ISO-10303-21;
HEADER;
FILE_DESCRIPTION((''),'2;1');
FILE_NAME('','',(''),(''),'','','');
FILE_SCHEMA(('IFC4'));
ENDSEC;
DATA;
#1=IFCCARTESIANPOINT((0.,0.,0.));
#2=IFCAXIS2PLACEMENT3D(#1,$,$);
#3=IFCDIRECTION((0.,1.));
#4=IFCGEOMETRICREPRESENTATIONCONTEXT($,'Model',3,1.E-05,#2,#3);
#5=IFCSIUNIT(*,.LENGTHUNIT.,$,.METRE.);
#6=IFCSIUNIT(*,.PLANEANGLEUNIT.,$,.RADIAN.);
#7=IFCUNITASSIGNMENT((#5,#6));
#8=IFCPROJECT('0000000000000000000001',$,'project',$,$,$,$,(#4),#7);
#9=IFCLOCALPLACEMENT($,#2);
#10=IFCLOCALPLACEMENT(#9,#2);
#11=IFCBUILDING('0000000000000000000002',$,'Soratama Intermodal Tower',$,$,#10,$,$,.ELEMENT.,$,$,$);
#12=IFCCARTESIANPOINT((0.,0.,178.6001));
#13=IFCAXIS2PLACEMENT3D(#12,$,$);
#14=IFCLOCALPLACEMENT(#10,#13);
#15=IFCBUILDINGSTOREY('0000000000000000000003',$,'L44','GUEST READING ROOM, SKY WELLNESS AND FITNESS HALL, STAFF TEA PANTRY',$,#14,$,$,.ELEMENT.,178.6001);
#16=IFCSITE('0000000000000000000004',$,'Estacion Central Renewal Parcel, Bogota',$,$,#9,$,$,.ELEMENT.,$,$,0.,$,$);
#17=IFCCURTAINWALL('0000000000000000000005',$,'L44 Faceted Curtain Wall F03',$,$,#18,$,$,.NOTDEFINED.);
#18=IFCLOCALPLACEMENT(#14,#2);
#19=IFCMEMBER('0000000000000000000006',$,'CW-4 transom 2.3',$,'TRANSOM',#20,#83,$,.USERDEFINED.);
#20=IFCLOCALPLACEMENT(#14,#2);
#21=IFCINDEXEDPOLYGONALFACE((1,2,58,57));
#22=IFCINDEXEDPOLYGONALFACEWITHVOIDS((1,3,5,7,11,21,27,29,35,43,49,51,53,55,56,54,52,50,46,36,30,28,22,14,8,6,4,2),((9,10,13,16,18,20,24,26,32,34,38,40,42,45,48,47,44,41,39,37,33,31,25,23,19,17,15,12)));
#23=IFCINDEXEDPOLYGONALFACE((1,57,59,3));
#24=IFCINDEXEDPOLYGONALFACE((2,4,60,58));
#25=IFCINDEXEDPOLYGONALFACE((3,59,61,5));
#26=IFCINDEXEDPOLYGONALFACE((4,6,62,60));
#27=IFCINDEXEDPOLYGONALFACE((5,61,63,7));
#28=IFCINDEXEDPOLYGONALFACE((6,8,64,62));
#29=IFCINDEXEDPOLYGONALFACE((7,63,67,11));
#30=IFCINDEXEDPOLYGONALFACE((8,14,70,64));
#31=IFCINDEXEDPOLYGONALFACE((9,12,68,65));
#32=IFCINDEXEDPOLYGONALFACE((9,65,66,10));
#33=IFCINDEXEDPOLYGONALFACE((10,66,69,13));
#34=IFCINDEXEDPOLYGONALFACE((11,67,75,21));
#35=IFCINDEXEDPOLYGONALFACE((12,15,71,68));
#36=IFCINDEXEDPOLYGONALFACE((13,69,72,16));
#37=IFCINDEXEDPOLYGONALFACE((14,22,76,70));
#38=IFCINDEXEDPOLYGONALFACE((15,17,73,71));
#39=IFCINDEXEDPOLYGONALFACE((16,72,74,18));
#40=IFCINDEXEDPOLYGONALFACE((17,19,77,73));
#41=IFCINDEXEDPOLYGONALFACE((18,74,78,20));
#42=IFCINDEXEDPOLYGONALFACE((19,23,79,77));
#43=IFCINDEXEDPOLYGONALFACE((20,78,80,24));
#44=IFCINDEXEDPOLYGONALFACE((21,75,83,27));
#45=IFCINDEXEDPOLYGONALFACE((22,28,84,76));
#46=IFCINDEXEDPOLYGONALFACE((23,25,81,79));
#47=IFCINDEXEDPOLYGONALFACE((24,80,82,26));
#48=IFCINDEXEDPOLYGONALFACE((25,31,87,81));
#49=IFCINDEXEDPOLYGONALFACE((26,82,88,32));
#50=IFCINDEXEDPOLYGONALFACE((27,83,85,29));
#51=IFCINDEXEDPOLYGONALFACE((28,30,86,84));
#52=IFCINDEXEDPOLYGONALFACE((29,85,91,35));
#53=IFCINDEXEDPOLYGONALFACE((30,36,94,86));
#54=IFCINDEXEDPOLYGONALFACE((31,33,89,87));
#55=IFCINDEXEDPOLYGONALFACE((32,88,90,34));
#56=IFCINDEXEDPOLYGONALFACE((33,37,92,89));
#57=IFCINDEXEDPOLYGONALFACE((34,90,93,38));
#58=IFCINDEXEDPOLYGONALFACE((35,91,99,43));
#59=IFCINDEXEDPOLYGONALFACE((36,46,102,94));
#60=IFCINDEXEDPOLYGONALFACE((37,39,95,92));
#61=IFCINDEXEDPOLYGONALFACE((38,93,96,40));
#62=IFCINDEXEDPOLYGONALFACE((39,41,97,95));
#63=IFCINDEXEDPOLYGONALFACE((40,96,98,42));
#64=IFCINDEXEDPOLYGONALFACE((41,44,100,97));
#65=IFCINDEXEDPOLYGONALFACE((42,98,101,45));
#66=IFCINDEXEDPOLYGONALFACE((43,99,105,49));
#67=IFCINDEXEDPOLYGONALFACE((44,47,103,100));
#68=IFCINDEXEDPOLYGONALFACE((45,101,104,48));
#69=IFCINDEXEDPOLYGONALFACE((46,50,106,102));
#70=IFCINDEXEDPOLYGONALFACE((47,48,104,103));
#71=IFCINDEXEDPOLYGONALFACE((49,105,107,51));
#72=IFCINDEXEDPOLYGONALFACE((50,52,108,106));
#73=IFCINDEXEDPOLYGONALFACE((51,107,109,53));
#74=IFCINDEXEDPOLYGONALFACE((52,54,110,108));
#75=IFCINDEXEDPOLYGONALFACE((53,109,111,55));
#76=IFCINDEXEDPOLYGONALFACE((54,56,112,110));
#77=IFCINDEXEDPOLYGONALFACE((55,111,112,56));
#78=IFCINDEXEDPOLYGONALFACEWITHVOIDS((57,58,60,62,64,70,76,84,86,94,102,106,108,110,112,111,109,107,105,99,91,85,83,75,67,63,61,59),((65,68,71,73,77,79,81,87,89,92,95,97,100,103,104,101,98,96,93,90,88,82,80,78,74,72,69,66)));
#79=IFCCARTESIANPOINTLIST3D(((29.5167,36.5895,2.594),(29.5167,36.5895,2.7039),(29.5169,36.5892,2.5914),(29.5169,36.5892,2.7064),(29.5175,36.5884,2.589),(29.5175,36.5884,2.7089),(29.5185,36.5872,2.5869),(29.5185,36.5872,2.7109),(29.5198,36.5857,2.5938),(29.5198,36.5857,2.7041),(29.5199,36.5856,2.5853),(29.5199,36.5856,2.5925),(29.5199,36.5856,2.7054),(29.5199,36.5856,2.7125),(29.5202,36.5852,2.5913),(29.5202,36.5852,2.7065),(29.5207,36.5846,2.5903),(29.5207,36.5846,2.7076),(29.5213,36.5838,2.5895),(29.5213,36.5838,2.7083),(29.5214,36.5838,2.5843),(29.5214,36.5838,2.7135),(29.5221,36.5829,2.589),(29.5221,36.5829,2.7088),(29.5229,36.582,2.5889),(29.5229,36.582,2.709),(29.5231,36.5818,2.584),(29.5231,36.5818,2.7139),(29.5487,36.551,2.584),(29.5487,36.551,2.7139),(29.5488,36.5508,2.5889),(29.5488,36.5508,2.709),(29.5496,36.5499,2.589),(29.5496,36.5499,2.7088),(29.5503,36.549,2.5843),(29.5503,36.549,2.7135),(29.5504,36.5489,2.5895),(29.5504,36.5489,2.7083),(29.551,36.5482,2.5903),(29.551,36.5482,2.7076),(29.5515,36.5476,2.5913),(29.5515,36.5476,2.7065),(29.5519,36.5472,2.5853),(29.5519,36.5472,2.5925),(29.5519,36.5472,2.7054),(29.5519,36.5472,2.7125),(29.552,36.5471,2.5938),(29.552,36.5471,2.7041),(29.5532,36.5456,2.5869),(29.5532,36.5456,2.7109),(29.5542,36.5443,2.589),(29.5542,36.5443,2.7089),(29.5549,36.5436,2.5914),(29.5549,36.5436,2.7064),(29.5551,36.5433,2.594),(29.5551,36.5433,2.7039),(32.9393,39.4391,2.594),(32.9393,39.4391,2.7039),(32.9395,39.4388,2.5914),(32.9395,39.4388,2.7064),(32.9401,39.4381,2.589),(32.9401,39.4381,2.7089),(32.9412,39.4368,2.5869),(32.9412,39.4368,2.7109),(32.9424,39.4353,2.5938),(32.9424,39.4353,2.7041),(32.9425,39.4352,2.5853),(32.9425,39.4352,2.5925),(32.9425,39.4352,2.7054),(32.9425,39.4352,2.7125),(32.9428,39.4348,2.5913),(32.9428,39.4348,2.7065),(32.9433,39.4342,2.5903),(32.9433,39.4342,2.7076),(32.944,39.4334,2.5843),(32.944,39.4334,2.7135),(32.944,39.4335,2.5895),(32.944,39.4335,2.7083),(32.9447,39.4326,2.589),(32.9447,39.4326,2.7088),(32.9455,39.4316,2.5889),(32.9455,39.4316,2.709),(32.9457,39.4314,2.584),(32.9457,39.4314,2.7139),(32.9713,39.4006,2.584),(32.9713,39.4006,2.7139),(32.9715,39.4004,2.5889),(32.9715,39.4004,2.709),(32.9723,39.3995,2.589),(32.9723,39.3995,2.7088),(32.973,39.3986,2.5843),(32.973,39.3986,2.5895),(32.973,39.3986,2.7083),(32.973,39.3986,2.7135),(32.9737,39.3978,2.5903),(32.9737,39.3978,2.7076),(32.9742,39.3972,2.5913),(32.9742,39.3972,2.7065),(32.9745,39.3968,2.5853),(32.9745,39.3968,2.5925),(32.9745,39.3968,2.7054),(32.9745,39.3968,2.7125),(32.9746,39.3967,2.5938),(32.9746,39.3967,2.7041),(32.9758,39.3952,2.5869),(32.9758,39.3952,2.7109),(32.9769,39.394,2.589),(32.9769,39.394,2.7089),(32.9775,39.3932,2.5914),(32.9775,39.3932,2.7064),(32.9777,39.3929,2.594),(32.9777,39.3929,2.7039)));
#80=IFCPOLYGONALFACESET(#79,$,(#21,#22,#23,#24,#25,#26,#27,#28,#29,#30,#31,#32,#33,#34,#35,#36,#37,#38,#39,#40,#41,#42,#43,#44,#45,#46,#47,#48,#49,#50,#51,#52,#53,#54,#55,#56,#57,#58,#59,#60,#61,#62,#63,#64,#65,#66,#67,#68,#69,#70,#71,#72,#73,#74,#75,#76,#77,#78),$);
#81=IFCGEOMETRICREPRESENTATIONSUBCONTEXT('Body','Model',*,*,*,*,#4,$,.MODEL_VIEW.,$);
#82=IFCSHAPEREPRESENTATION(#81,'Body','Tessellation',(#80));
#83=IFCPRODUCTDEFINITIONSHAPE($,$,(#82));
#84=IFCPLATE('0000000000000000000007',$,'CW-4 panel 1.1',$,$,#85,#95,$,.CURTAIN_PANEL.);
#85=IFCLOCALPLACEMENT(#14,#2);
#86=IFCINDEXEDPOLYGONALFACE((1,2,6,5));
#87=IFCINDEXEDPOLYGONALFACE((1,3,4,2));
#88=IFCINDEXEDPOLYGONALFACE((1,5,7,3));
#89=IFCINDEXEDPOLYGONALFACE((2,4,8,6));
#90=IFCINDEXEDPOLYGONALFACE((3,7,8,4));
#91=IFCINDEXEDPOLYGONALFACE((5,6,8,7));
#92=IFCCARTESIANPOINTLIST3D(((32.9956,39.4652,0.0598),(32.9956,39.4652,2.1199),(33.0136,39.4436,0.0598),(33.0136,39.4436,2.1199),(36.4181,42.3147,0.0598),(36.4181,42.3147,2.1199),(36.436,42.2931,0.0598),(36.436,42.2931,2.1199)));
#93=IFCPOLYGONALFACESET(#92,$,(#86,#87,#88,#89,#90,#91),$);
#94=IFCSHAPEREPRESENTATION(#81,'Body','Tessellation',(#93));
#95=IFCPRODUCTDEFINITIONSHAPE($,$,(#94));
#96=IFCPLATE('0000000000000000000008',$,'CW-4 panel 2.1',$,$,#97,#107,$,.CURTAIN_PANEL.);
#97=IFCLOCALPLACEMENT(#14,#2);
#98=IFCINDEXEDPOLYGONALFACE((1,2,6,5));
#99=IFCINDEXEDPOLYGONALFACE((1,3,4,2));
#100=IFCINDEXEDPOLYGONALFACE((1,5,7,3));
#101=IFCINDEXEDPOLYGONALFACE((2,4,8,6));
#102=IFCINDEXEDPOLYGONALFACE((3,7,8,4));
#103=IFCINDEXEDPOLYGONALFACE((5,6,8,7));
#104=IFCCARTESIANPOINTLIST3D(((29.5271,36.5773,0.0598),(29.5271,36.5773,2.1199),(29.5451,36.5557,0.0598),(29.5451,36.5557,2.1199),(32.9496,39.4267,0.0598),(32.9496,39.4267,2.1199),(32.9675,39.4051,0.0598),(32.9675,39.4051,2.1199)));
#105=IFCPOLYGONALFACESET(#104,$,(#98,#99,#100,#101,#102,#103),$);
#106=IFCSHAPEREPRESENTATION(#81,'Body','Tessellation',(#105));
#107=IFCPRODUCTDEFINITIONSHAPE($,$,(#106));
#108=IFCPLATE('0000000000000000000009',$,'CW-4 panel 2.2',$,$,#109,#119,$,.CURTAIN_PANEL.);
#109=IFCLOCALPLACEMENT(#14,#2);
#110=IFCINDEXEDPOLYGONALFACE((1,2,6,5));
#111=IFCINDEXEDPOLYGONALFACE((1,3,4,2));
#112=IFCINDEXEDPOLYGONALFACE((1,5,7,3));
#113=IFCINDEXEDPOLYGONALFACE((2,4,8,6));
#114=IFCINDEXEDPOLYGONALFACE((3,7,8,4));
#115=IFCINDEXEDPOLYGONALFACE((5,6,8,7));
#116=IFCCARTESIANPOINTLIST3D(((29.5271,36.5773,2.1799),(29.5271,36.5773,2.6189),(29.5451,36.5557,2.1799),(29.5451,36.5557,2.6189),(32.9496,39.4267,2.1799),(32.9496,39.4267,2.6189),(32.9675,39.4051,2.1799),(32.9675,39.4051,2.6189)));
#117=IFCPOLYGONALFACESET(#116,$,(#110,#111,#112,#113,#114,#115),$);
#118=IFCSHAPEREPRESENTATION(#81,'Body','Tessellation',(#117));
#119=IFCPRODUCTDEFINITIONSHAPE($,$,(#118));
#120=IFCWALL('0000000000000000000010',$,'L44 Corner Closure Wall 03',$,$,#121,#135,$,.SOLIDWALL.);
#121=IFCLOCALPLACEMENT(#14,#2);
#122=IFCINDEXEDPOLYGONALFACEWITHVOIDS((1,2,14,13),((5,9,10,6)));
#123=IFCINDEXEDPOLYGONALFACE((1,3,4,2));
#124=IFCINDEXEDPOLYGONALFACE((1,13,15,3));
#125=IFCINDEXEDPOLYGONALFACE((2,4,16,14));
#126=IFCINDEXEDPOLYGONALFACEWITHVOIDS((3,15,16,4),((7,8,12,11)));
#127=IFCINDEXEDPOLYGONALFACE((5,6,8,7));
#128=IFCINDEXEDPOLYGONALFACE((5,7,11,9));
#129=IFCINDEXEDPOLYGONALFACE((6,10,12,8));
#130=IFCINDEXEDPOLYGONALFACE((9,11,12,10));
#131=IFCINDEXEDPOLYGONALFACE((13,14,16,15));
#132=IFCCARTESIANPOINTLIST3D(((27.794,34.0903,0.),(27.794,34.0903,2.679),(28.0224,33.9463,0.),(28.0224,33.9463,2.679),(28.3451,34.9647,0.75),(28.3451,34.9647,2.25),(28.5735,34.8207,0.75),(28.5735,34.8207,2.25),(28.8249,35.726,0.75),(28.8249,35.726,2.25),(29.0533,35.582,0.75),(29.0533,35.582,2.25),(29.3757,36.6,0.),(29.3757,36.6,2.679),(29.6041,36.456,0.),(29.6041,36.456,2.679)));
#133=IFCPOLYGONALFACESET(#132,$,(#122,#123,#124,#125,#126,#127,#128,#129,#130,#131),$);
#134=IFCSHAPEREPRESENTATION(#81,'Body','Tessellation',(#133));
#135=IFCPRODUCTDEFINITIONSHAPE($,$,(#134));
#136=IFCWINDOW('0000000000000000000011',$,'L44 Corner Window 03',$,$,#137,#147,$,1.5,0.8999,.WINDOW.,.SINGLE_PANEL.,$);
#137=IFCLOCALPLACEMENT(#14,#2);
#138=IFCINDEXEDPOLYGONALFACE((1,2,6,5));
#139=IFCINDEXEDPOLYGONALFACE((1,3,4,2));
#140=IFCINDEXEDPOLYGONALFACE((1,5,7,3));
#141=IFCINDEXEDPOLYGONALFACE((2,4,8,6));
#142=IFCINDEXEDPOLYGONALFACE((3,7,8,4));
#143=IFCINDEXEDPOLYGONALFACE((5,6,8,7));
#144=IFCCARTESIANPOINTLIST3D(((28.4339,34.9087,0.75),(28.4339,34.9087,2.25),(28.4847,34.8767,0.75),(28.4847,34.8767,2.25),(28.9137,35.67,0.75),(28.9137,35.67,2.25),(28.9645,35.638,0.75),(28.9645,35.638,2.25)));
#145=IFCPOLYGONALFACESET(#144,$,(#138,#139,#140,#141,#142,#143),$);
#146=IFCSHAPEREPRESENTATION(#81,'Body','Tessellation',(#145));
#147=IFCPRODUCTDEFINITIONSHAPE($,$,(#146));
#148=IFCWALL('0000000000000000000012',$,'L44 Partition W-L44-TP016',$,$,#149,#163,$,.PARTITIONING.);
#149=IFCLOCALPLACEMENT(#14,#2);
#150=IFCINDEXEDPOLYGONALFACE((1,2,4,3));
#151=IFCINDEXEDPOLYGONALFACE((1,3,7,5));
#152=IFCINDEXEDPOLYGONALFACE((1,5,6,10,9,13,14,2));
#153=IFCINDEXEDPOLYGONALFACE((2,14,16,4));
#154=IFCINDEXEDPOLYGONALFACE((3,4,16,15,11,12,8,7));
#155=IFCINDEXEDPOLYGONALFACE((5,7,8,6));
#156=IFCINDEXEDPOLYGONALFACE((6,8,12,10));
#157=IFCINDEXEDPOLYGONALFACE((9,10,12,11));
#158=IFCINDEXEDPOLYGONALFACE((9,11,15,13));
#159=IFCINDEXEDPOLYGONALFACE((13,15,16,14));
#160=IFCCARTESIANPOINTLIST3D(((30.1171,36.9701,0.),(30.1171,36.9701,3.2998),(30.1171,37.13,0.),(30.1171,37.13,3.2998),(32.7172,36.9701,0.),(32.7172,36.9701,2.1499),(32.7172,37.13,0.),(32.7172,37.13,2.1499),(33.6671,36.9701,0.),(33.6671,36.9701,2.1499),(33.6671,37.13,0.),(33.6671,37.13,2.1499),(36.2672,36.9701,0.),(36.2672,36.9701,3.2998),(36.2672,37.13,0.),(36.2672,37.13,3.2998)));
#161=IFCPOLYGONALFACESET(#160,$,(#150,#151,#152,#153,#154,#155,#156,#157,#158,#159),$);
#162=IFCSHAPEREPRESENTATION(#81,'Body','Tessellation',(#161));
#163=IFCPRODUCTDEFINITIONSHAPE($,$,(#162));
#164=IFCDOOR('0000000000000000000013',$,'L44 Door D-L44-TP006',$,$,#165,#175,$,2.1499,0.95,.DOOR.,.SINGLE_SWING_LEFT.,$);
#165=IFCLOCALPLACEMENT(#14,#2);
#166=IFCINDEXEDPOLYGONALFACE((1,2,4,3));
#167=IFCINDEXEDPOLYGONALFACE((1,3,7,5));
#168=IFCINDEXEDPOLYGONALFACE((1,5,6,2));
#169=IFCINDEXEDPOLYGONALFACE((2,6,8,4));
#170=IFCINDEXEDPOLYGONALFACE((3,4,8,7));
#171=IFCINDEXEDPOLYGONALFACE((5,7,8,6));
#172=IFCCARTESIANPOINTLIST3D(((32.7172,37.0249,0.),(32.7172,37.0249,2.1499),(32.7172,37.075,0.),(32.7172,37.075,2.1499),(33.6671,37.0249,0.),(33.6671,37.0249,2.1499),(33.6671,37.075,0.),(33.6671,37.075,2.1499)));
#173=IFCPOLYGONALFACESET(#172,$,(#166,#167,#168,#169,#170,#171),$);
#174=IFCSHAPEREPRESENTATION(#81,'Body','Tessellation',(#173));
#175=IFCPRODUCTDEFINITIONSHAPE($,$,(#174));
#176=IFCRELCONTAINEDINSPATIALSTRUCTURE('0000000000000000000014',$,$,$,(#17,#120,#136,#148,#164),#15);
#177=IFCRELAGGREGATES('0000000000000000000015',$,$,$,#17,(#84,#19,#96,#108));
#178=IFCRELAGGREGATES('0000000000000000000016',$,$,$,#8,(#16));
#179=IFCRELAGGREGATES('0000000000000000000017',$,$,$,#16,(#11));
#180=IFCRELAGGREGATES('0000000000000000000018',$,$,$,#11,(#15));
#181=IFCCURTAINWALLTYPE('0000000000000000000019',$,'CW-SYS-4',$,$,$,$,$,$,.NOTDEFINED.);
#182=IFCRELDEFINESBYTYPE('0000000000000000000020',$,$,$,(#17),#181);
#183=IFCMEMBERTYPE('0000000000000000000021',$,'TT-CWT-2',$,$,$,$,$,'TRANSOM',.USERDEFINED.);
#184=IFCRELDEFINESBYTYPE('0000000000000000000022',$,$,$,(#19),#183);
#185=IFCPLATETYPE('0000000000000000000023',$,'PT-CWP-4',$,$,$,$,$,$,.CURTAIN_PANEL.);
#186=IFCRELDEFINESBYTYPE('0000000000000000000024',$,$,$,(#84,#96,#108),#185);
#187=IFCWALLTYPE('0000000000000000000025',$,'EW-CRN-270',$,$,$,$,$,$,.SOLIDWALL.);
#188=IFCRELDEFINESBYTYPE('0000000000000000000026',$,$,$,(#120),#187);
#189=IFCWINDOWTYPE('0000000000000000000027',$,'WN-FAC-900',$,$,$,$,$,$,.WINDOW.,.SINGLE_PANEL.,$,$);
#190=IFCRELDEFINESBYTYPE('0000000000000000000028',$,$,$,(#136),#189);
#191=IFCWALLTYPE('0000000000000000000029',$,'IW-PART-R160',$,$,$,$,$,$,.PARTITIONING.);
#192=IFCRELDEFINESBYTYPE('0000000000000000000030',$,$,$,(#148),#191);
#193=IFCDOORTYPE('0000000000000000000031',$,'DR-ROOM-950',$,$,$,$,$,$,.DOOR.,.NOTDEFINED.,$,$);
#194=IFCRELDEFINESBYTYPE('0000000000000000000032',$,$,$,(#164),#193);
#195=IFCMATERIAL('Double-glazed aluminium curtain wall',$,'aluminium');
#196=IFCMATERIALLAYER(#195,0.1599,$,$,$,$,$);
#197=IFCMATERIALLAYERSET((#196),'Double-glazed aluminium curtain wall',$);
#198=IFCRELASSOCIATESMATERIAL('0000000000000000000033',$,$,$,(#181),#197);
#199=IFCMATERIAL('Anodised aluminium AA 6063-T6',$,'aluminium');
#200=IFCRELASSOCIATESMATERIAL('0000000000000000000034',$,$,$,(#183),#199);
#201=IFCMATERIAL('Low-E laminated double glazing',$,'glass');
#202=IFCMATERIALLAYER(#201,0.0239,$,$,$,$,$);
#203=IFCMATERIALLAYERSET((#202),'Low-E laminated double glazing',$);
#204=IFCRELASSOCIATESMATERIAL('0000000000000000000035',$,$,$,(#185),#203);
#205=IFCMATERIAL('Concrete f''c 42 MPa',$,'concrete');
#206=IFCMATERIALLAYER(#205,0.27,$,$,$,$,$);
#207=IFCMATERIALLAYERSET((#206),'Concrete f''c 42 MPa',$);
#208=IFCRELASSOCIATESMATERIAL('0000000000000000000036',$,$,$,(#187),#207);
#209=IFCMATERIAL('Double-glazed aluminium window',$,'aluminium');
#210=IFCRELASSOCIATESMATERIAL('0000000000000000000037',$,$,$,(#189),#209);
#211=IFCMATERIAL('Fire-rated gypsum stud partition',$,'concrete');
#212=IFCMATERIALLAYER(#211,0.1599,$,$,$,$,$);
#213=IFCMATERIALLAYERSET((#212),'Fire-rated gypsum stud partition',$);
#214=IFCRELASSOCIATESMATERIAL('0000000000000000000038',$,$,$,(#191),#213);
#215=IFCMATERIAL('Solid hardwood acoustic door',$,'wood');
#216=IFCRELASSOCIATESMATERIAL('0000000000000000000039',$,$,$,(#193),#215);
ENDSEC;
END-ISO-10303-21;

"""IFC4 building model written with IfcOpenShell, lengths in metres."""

from ifc_helpers import new_model, si_unit, direction, frame, frame_2d, origin, origin_2d, place, context, subcontext, project, spatial, rectangle, hollow_rectangle, extrude, material, layer, layer_set, material_profile, profile_set, type_object, element, fill, aggregate, save


model = new_model("IFC4")

# Units and contexts
model_context = context("Model", 3, precision=1e-05, world=origin(), true_north=direction((0.0, 1.0)))
body_context = subcontext(model_context, "Body", "Model", "MODEL_VIEW")
ifc_project = project(units=[si_unit("LENGTHUNIT", "METRE"), si_unit("PLANEANGLEUNIT", "RADIAN")], contexts=[model_context])

# Site, building, storey
site_placement = place(None, origin())
site = spatial("IfcSite", under=ifc_project, at=site_placement, Name="Estacion Central Renewal Parcel, Bogota", CompositionType="ELEMENT", RefElevation=0.0)
building_placement = place(site_placement, origin())
building = spatial("IfcBuilding", under=site, at=building_placement, Name="Soratama Intermodal Tower", CompositionType="ELEMENT")
storey_placement = place(building_placement, frame((0.0, 0.0, 178.6001)))
storey = spatial("IfcBuildingStorey", under=building, at=storey_placement, Name="L44", Description="GUEST READING ROOM, SKY WELLNESS AND FITNESS HALL, STAFF TEA PANTRY", CompositionType="ELEMENT", Elevation=178.6001)

# Curtain wall, member, plates
ifc_material_1 = material(Name="Double-glazed aluminium curtain wall", Category="aluminium")
ifc_layer_1 = layer(ifc_material_1, 0.1599)
ifc_layer_set_1 = layer_set([ifc_layer_1], Name="Double-glazed aluminium curtain wall")
curtain_wall_type = type_object("IfcCurtainWallType", Name="CW-SYS-4", PredefinedType="NOTDEFINED", material=ifc_layer_set_1)
curtain_wall_placement = place(storey_placement, origin())
curtain_wall = element("IfcCurtainWall", 1, at=curtain_wall_placement, inside=storey, type_object=curtain_wall_type, Name="L44 Faceted Curtain Wall F03", PredefinedType="NOTDEFINED")
ifc_material_2 = material(Name="Anodised aluminium AA 6063-T6", Category="aluminium")
ifc_material_profile_1 = material_profile(ifc_material_2, hollow_rectangle(XDim=0.0601, YDim=0.1299, WallThickness=0.0049, InnerFilletRadius=0.0049, OuterFilletRadius=0.01, at=origin_2d()), Name="CWT130X60X5")
ifc_profile_set_1 = profile_set([ifc_material_profile_1], Name="Anodised aluminium AA 6063-T6")
member_type_1 = type_object("IfcMemberType", Name="TT-CWT-2", ElementType="TRANSOM", PredefinedType="USERDEFINED", material=ifc_profile_set_1)
member_1_placement = place(storey_placement, frame((32.9585, 39.416, 2.6489), z_axis=(-0.768504, -0.639845, 0.0), x_axis=(0.639845, -0.768504, 0.0)))
member_1 = element("IfcMember", 2, at=member_1_placement, type_object=member_type_1, Name="CW-4 transom 2.3", ObjectType="TRANSOM", PredefinedType="USERDEFINED", context=body_context, shape_type="SweptSolid", body=[
    extrude(hollow_rectangle(XDim=0.0601, YDim=0.1299, WallThickness=0.0049, InnerFilletRadius=0.0049, OuterFilletRadius=0.01, at=origin_2d()), origin(), (0.0, 0.0, 1.0), 4.4536),
])
ifc_material_3 = material(Name="Low-E laminated double glazing", Category="glass")
ifc_layer_2 = layer(ifc_material_3, 0.0239)
ifc_layer_set_2 = layer_set([ifc_layer_2], Name="Low-E laminated double glazing")
plate_type = type_object("IfcPlateType", Name="PT-CWP-4", PredefinedType="CURTAIN_PANEL", material=ifc_layer_set_2)
plate_1_placement = place(storey_placement, frame((34.7158, 40.8792, 0.0598), z_axis=(0.0, 0.0, 1.0), x_axis=(-0.768508, -0.63984, 0.0)))
plate_1 = element("IfcPlate", 3, at=plate_1_placement, type_object=plate_type, Name="CW-4 panel 1.1", PredefinedType="CURTAIN_PANEL", context=body_context, shape_type="SweptSolid", body=[
    extrude(rectangle(XDim=4.4534, YDim=0.0281, at=origin_2d()), origin(), (0.0, 0.0, 1.0), 2.0601),
])
plate_2_placement = place(storey_placement, frame((31.2473, 37.9912, 0.0598), z_axis=(0.0, 0.0, 1.0), x_axis=(-0.768508, -0.63984, 0.0)))
plate_2 = element("IfcPlate", 4, at=plate_2_placement, type_object=plate_type, Name="CW-4 panel 2.1", PredefinedType="CURTAIN_PANEL", context=body_context, shape_type="SweptSolid", body=[
    extrude(rectangle(XDim=4.4534, YDim=0.0281, at=origin_2d()), origin(), (0.0, 0.0, 1.0), 2.0601),
])
plate_3_placement = place(storey_placement, frame((31.2473, 37.9912, 2.1799), z_axis=(0.0, 0.0, 1.0), x_axis=(-0.768508, -0.63984, 0.0)))
plate_3 = element("IfcPlate", 5, at=plate_3_placement, type_object=plate_type, Name="CW-4 panel 2.2", PredefinedType="CURTAIN_PANEL", context=body_context, shape_type="SweptSolid", body=[
    extrude(rectangle(XDim=4.4534, YDim=0.0281, at=origin_2d()), origin(), (0.0, 0.0, 1.0), 0.439),
])
aggregate(curtain_wall, [plate_1, member_1, plate_2, plate_3])

# Wall, opening, window
ifc_material_4 = material(Name="Concrete f'c 42 MPa", Category="concrete")
ifc_layer_3 = layer(ifc_material_4, 0.27)
ifc_layer_set_3 = layer_set([ifc_layer_3], Name="Concrete f'c 42 MPa")
wall_type_1 = type_object("IfcWallType", Name="EW-CRN-270", PredefinedType="SOLIDWALL", material=ifc_layer_set_3)
wall_1_placement = place(storey_placement, frame((29.49, 36.5281, 0.0), z_axis=(0.0, 0.0, 1.0), x_axis=(-0.533191, -0.845995, 0.0)))
wall_1 = element("IfcWall", 6, at=wall_1_placement, inside=storey, type_object=wall_type_1, Name="L44 Corner Closure Wall 03", PredefinedType="SOLIDWALL", context=body_context, shape_type="SweptSolid", body=[
    extrude(rectangle(XDim=2.9666, YDim=0.27, at=frame_2d((1.4834, 0.0))), origin(), (0.0, 0.0, 1.0), 2.679),
])
opening_1_placement = place(wall_1_placement, frame((1.0332, 0.0, 0.75)))
opening_1 = element("IfcOpeningElement", 7, at=opening_1_placement, cuts=wall_1, PredefinedType="OPENING", context=body_context, shape_type="SweptSolid", body=[
    extrude(rectangle(XDim=0.8999, YDim=1.5, at=frame_2d((0.45, 0.75))), frame((0.0, 0.145, 0.0), z_axis=(0.0, -1.0, 0.0), x_axis=(1.0, 0.0, 0.0)), (0.0, 0.0, 1.0), 0.29),
])
ifc_material_5 = material(Name="Double-glazed aluminium window", Category="aluminium")
window_type_1 = type_object("IfcWindowType", Name="WN-FAC-900", PartitioningType="SINGLE_PANEL", PredefinedType="WINDOW", material=ifc_material_5)
window_1_placement = place(opening_1_placement, origin())
window_1 = element("IfcWindow", 8, at=window_1_placement, inside=storey, type_object=window_type_1, Name="L44 Corner Window 03", OverallHeight=1.5, OverallWidth=0.8999, PartitioningType="SINGLE_PANEL", PredefinedType="WINDOW", context=body_context, shape_type="SweptSolid", body=[
    extrude(rectangle(XDim=0.8999, YDim=1.5, at=frame_2d((0.45, 0.75))), frame((0.0, 0.03, 0.0), z_axis=(0.0, -1.0, 0.0), x_axis=(1.0, 0.0, 0.0)), (0.0, 0.0, 1.0), 0.0601),
])
fill(opening_1, window_1)

# Wall, opening, door
ifc_material_6 = material(Name="Fire-rated gypsum stud partition", Category="concrete")
ifc_layer_4 = layer(ifc_material_6, 0.1599)
ifc_layer_set_4 = layer_set([ifc_layer_4], Name="Fire-rated gypsum stud partition")
wall_type_2 = type_object("IfcWallType", Name="IW-PART-R160", PredefinedType="PARTITIONING", material=ifc_layer_set_4)
wall_2_placement = place(storey_placement, frame((30.1169, 37.05, 0.0), z_axis=(0.0, 0.0, 1.0), x_axis=(1.0, 0.0, 0.0)))
wall_2 = element("IfcWall", 9, at=wall_2_placement, inside=storey, type_object=wall_type_2, Name="L44 Partition W-L44-TP016", PredefinedType="PARTITIONING", context=body_context, shape_type="SweptSolid", body=[
    extrude(rectangle(XDim=6.1501, YDim=0.1599, at=frame_2d((3.0752, 0.0))), origin(), (0.0, 0.0, 1.0), 3.2998),
])
opening_2_placement = place(wall_2_placement, frame((2.6001, 0.0, 0.0)))
opening_2 = element("IfcOpeningElement", 10, at=opening_2_placement, cuts=wall_2, PredefinedType="OPENING", context=body_context, shape_type="SweptSolid", body=[
    extrude(rectangle(XDim=0.95, YDim=2.1499, at=frame_2d((0.4751, 1.075))), frame((0.0, 0.0898, 0.0), z_axis=(0.0, -1.0, 0.0), x_axis=(1.0, 0.0, 0.0)), (0.0, 0.0, 1.0), 0.1799),
])
ifc_material_7 = material(Name="Solid hardwood acoustic door", Category="wood")
door_type_1 = type_object("IfcDoorType", Name="DR-ROOM-950", OperationType="NOTDEFINED", PredefinedType="DOOR", material=ifc_material_7)
door_1_placement = place(opening_2_placement, origin())
door_1 = element("IfcDoor", 11, at=door_1_placement, inside=storey, type_object=door_type_1, Name="L44 Door D-L44-TP006", OperationType="SINGLE_SWING_LEFT", OverallHeight=2.1499, OverallWidth=0.95, PredefinedType="DOOR", context=body_context, shape_type="SweptSolid", body=[
    extrude(rectangle(XDim=0.95, YDim=2.1499, at=frame_2d((0.4751, 1.075))), frame((0.0, 0.0249, 0.0), z_axis=(0.0, -1.0, 0.0), x_axis=(1.0, 0.0, 0.0)), (0.0, 0.0, 1.0), 0.05),
])
fill(opening_2, door_1)

save(model, "model.ifc")
